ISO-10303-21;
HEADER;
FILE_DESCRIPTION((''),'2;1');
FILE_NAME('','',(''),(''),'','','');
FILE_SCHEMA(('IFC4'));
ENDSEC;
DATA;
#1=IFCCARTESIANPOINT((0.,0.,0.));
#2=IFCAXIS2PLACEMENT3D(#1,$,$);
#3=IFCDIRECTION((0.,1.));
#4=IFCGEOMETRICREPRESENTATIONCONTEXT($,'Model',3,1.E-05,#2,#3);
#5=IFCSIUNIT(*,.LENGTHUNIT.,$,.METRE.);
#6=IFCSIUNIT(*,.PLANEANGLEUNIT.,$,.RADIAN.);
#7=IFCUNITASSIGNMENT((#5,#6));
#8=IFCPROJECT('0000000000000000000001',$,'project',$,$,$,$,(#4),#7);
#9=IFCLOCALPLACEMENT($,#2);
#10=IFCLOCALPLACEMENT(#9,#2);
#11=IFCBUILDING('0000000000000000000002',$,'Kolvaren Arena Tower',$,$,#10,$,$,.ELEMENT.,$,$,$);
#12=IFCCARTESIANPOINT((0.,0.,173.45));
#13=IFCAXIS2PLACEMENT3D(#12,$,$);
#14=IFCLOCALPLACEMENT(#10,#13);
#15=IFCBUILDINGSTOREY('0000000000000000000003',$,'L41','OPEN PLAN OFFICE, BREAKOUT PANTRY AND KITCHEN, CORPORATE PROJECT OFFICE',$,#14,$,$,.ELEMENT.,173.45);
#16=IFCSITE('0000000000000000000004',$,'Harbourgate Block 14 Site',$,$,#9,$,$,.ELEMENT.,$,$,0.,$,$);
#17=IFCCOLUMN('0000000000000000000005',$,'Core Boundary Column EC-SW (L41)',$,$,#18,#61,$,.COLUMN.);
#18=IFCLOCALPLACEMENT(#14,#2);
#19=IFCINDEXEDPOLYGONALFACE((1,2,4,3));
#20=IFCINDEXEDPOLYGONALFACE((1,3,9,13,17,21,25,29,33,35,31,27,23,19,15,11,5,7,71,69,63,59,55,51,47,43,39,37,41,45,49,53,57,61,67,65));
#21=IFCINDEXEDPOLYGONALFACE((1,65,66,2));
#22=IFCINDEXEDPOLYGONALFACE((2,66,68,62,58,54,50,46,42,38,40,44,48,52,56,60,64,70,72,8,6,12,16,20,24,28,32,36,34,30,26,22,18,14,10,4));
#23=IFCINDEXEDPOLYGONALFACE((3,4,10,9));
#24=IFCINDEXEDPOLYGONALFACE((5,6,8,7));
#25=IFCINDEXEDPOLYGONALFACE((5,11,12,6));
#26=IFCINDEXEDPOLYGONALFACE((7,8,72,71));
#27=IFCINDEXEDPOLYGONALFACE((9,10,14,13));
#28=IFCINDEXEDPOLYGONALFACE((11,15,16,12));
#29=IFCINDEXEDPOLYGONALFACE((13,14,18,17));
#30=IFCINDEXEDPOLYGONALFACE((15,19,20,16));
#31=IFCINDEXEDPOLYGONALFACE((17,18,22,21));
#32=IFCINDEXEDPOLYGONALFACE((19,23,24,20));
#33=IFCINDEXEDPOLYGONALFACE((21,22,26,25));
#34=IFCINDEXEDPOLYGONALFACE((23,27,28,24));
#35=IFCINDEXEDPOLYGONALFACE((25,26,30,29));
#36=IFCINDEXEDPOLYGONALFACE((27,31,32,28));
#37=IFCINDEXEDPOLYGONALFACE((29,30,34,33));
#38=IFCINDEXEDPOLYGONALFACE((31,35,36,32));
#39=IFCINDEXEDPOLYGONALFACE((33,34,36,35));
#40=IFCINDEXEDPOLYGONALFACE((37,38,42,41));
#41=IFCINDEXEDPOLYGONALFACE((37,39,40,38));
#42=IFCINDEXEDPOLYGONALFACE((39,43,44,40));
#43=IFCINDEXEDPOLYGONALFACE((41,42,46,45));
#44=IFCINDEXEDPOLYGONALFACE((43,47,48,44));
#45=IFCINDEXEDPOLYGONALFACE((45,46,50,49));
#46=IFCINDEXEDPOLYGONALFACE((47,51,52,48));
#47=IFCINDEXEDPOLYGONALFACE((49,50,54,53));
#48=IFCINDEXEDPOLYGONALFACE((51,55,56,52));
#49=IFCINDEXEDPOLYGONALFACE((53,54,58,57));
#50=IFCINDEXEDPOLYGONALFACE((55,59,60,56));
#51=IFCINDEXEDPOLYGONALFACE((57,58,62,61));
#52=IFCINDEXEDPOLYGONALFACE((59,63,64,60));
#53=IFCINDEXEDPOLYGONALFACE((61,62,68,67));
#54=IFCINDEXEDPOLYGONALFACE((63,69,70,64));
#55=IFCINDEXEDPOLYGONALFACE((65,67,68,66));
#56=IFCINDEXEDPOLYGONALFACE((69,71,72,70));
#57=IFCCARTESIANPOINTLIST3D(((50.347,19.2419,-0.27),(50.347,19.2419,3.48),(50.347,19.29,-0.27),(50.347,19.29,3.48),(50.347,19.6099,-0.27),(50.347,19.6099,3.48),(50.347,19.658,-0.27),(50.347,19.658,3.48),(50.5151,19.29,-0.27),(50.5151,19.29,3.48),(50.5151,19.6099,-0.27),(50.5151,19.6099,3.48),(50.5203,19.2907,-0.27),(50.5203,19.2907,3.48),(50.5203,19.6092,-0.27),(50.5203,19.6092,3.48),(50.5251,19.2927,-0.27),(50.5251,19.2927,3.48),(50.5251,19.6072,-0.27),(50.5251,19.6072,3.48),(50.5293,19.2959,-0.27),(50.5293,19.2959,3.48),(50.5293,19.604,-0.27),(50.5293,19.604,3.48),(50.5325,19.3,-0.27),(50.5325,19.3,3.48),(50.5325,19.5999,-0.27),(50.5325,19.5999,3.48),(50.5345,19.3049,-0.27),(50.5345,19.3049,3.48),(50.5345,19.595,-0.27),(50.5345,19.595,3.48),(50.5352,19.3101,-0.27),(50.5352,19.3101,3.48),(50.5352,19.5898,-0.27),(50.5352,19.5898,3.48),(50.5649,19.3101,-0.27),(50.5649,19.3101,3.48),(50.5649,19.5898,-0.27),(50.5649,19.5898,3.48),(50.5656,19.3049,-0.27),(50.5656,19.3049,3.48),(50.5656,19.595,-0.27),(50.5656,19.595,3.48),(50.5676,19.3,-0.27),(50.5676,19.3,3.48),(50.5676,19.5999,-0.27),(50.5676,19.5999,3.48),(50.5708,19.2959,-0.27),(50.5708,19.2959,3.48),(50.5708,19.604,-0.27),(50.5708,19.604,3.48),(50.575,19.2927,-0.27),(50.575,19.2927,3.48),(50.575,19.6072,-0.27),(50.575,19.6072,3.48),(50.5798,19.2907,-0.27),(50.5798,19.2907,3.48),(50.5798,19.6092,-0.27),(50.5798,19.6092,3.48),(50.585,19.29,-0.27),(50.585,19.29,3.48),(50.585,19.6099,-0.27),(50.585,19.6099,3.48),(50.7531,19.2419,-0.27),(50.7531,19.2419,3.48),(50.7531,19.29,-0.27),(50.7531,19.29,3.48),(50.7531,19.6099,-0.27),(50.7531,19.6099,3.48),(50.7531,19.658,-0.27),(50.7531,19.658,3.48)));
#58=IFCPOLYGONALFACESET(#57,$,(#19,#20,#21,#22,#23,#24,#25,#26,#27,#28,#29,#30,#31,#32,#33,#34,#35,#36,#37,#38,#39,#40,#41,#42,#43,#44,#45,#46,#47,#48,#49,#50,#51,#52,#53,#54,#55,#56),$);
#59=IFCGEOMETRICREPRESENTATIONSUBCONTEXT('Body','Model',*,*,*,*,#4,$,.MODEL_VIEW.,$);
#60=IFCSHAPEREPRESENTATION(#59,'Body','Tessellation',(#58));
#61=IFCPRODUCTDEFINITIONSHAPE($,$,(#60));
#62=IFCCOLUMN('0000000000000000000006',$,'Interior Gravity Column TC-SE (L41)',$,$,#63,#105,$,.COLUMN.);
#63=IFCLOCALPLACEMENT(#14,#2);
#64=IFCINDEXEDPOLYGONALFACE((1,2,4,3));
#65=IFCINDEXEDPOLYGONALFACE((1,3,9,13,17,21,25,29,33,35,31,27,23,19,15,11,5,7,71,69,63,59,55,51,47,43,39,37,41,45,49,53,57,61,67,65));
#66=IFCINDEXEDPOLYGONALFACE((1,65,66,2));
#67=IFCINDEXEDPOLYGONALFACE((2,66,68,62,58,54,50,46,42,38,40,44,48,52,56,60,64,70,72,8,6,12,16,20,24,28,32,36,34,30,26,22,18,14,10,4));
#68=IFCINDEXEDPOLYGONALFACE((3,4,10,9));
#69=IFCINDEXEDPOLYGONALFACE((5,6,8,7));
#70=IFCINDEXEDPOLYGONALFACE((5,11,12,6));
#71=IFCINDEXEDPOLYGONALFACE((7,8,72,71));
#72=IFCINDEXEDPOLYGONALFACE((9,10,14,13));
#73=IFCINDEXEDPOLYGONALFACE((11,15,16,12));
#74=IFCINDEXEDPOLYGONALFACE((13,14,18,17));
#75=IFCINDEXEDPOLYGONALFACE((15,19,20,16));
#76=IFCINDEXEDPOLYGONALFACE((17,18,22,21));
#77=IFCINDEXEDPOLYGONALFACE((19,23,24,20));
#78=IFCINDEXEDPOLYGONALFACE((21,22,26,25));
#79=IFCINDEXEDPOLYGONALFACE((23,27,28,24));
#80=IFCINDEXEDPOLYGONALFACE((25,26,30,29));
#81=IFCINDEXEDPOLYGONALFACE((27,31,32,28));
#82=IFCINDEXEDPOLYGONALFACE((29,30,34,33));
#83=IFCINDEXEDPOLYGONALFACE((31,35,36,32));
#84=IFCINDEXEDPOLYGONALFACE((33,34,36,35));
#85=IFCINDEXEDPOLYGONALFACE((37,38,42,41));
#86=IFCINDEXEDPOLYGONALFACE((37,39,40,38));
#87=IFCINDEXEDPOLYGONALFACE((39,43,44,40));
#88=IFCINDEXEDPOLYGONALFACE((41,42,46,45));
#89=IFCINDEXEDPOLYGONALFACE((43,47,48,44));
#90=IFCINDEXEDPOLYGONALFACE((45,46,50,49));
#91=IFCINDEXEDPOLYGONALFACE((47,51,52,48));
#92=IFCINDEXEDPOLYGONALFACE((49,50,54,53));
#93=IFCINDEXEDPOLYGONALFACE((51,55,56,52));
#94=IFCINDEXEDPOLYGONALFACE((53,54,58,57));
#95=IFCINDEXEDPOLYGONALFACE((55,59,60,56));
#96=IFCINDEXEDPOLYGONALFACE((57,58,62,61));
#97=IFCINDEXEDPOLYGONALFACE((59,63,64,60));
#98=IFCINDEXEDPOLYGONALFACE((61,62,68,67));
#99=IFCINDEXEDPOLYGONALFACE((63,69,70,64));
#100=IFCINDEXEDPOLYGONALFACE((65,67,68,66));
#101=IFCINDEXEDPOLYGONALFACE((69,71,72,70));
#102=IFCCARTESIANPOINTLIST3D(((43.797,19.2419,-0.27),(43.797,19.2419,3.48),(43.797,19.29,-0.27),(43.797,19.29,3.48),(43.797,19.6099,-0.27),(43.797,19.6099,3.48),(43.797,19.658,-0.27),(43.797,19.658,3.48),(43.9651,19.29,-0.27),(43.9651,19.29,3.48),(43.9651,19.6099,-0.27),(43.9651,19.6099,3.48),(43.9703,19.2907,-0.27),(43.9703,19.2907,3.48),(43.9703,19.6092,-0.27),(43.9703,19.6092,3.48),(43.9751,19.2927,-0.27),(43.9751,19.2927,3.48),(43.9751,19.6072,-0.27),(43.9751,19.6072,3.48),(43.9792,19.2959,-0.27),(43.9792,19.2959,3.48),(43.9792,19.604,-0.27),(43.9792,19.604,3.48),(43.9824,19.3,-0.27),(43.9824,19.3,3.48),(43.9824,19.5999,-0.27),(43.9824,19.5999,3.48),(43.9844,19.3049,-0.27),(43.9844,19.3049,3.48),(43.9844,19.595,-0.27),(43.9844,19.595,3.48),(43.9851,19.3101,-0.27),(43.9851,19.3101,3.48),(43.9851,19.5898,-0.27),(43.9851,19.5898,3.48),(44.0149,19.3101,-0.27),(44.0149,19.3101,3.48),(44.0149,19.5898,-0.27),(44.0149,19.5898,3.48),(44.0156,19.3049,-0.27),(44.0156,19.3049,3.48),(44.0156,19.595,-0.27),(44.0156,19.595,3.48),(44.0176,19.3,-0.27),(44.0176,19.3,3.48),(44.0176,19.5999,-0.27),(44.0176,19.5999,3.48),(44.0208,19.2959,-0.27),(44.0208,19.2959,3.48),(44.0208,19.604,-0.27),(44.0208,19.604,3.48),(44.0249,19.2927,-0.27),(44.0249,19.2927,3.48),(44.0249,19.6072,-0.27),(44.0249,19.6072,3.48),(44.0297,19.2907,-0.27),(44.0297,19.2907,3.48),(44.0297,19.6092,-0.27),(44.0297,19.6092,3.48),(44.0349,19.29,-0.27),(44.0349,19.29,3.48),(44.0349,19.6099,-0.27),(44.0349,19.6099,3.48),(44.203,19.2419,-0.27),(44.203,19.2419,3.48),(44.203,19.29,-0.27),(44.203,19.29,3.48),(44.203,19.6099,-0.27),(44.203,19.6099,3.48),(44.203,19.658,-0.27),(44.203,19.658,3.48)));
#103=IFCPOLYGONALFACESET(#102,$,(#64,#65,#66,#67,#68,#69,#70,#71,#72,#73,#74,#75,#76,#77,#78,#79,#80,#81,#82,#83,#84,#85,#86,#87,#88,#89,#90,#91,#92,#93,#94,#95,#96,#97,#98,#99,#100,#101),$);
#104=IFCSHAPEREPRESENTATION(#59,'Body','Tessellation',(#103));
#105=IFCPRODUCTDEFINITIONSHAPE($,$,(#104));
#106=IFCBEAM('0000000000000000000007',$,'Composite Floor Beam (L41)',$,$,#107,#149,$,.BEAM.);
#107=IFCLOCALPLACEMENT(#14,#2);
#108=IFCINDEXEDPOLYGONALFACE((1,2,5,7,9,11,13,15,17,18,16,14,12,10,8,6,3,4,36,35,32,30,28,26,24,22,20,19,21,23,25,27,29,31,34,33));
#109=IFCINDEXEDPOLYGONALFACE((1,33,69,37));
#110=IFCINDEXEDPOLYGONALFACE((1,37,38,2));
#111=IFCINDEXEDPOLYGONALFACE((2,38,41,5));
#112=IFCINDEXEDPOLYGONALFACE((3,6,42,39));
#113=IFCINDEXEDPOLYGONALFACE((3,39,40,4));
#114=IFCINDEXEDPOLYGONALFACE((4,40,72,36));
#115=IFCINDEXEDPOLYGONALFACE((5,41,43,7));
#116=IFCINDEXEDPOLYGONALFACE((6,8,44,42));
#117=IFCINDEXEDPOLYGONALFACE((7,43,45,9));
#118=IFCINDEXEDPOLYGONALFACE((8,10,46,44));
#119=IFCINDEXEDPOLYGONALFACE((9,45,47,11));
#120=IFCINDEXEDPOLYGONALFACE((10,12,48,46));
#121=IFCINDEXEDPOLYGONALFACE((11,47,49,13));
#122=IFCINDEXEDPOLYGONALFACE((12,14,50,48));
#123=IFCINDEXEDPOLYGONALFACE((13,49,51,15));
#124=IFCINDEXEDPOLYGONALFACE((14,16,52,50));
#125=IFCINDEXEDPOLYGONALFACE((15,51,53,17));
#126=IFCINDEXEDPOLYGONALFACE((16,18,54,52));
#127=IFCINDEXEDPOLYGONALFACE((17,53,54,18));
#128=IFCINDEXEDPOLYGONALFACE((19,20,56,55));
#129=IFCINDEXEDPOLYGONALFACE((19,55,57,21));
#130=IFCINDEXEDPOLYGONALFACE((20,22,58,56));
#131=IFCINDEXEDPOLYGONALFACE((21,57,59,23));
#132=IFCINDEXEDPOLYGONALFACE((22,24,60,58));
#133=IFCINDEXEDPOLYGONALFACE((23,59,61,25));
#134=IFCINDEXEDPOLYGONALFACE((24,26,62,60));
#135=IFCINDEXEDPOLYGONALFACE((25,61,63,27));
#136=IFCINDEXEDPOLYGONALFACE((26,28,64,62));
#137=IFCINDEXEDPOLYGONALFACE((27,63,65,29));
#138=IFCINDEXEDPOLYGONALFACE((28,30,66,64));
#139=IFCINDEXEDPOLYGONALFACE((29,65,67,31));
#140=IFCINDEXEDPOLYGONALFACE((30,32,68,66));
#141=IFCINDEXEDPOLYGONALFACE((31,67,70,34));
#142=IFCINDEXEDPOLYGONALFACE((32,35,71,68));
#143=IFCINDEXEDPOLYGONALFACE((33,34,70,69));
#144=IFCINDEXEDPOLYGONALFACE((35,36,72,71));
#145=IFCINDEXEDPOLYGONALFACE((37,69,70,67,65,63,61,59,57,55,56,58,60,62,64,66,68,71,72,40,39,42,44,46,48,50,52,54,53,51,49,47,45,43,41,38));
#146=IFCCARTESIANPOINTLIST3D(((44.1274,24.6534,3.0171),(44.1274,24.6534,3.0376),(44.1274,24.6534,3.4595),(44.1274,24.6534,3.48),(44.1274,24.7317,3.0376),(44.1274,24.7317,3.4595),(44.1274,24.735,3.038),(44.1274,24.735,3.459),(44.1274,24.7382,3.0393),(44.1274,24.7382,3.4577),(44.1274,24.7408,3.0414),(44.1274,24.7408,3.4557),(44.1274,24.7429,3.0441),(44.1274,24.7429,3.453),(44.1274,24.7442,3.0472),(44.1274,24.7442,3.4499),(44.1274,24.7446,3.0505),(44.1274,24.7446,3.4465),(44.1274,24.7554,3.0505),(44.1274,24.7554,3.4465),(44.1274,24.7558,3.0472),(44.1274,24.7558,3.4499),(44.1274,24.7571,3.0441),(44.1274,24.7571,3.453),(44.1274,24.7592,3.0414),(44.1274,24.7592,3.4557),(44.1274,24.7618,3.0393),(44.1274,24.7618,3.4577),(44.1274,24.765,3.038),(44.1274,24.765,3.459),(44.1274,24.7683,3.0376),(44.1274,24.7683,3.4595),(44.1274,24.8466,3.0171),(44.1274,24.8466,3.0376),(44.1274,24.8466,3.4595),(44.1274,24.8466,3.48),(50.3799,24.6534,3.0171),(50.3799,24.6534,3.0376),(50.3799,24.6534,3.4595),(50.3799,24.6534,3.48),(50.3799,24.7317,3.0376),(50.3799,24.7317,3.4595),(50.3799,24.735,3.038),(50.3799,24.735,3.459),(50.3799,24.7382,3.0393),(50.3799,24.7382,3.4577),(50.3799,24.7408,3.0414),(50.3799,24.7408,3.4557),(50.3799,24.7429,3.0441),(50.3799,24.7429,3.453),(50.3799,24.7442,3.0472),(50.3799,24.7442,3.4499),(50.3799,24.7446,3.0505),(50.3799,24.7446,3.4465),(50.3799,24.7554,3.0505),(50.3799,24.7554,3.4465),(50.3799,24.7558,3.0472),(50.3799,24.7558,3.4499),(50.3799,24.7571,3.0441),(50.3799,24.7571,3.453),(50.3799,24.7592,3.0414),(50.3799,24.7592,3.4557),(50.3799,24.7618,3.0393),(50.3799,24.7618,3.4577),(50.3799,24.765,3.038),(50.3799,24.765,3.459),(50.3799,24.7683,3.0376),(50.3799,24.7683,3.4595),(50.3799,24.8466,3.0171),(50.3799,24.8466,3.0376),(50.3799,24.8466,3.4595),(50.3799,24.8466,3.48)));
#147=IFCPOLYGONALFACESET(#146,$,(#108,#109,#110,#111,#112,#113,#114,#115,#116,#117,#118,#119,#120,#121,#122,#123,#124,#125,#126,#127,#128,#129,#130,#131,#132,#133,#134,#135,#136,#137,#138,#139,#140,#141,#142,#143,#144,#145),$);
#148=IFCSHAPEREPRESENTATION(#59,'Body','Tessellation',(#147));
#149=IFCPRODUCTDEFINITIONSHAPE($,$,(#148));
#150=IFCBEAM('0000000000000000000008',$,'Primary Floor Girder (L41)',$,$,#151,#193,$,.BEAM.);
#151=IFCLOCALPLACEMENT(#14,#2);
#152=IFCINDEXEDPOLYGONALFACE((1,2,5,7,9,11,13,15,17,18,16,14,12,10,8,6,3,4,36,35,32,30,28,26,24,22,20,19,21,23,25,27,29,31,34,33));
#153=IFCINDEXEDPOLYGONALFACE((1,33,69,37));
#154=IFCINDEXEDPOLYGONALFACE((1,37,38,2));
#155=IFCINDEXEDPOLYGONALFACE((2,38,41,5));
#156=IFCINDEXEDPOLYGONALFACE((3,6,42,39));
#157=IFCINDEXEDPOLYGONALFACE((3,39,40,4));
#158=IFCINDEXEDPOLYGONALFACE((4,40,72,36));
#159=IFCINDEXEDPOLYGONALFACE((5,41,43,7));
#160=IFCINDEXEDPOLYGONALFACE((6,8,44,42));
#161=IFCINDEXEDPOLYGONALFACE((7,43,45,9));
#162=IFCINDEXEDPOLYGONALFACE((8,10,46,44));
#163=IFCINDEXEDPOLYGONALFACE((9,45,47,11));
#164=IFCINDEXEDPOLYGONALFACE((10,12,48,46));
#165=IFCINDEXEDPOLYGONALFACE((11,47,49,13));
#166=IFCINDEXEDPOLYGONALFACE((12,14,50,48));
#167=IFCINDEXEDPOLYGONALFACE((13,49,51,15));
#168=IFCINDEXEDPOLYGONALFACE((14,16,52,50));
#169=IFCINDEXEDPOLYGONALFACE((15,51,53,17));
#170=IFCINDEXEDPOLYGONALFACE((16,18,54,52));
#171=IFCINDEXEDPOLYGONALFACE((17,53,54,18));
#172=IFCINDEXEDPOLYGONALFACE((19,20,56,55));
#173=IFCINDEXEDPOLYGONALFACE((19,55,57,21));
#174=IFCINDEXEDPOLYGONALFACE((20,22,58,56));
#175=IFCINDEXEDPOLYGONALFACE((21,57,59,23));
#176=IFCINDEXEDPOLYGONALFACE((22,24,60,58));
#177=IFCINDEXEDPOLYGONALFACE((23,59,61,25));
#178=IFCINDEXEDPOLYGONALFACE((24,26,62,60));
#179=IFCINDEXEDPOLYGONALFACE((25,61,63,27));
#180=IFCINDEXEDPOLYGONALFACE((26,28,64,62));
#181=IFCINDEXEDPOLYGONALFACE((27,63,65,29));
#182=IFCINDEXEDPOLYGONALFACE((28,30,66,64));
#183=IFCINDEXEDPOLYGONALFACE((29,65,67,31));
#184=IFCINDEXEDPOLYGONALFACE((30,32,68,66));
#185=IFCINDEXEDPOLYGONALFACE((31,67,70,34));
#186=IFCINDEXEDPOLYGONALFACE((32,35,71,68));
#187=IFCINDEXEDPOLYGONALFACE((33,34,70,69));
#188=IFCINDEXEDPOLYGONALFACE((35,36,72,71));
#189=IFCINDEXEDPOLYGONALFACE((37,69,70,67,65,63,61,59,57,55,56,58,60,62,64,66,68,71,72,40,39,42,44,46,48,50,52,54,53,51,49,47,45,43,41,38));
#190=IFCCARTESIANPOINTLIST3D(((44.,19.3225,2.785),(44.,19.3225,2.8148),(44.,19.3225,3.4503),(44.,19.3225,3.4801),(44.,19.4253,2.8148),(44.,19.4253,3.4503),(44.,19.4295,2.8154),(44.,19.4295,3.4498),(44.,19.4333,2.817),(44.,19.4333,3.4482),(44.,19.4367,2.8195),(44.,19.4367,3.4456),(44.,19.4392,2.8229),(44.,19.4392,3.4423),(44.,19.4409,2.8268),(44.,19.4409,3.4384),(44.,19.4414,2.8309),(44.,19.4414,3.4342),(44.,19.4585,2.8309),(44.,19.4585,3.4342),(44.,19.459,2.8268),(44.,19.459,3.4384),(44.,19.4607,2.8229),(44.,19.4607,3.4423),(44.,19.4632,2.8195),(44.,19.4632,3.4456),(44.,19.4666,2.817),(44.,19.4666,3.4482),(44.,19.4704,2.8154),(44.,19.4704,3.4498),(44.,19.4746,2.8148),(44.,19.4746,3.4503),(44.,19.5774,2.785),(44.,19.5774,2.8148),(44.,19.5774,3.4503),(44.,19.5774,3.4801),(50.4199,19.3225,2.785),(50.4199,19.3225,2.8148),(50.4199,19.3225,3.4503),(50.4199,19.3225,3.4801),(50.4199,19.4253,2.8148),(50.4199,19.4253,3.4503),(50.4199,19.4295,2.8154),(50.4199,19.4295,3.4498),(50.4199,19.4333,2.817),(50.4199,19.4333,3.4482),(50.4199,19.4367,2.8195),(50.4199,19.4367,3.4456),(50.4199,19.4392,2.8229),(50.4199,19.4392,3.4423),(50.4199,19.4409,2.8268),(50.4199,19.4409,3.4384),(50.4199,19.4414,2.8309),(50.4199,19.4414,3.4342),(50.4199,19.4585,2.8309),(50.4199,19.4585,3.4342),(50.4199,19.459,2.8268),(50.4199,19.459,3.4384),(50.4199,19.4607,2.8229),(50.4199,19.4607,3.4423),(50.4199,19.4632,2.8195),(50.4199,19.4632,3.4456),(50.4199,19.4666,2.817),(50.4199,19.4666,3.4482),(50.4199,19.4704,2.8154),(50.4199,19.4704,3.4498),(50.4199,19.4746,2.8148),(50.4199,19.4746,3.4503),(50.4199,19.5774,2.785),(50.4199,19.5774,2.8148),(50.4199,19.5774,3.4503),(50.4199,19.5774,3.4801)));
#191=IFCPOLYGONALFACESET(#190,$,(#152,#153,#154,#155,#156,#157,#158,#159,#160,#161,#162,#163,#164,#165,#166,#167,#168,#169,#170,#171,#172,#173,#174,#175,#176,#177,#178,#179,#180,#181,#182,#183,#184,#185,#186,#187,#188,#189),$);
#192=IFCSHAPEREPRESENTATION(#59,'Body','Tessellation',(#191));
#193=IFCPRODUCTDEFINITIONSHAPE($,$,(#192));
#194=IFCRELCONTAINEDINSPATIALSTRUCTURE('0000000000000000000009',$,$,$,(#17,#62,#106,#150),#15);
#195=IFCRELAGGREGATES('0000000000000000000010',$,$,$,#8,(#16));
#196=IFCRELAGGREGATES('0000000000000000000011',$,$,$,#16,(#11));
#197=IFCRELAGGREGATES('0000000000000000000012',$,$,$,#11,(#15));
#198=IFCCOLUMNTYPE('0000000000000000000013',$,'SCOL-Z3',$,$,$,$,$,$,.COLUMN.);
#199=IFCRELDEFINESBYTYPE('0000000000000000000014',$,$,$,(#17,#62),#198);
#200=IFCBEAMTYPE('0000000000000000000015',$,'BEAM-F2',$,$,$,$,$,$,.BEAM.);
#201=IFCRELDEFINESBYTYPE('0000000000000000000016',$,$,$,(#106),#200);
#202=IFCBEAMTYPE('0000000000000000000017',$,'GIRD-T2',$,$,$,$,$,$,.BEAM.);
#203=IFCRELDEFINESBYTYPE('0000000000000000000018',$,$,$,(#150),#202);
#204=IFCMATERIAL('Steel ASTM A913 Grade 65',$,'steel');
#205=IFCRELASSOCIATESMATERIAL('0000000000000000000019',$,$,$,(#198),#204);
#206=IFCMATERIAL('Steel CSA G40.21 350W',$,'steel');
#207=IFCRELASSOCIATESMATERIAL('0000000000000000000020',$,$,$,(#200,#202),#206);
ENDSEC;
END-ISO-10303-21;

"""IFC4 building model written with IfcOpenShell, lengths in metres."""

from ifc_helpers import new_model, si_unit, direction, frame, origin, origin_2d, place, context, subcontext, project, spatial, i_section, extrude, material, material_profile, profile_set, type_object, element, save


model = new_model("IFC4")

# Units and contexts
model_context = context("Model", 3, precision=1e-05, world=origin(), true_north=direction((0.0, 1.0)))
body_context = subcontext(model_context, "Body", "Model", "MODEL_VIEW")
ifc_project = project(units=[si_unit("LENGTHUNIT", "METRE"), si_unit("PLANEANGLEUNIT", "RADIAN")], contexts=[model_context])

# Site, building, storey
site_placement = place(None, origin())
site = spatial("IfcSite", under=ifc_project, at=site_placement, Name="Harbourgate Block 14 Site", CompositionType="ELEMENT", RefElevation=0.0)
building_placement = place(site_placement, origin())
building = spatial("IfcBuilding", under=site, at=building_placement, Name="Kolvaren Arena Tower", CompositionType="ELEMENT")
storey_placement = place(building_placement, frame((0.0, 0.0, 173.45)))
storey = spatial("IfcBuildingStorey", under=building, at=storey_placement, Name="L41", Description="OPEN PLAN OFFICE, BREAKOUT PANTRY AND KITCHEN, CORPORATE PROJECT OFFICE", CompositionType="ELEMENT", Elevation=173.45)

# Columns
ifc_material_1 = material(Name="Steel ASTM A913 Grade 65", Category="steel")
ifc_material_profile_1 = material_profile(ifc_material_1, i_section(OverallWidth=0.406, OverallDepth=0.416, WebThickness=0.0298, FlangeThickness=0.0481, FilletRadius=0.02, at=origin_2d()), Name="W360x382")
ifc_profile_set_1 = profile_set([ifc_material_profile_1], Name="Steel ASTM A913 Grade 65")
column_type = type_object("IfcColumnType", Name="SCOL-Z3", PredefinedType="COLUMN", material=ifc_profile_set_1)
for number, where, z_axis, x_axis, name in (
    (1, (50.55, 19.45, -0.27), (0.0, 0.0, 1.0), (1.0, 0.0, 0.0), "Core Boundary Column EC-SW (L41)"),
    (2, (44.0, 19.45, -0.27), (0.0, 0.0, 1.0), (1.0, 0.0, 0.0), "Interior Gravity Column TC-SE (L41)"),
):
    element("IfcColumn", number, at=place(storey_placement, frame(where, z_axis=z_axis, x_axis=x_axis)), inside=storey, type_object=column_type, Name=name, PredefinedType="COLUMN", context=body_context, shape_type="SweptSolid", body=[
        extrude(i_section(OverallWidth=0.406, OverallDepth=0.416, WebThickness=0.0298, FlangeThickness=0.0481, FilletRadius=0.02, at=origin_2d()), origin(), (0.0, 0.0, 1.0), 3.75),
    ])

# Beams
ifc_material_2 = material(Name="Steel CSA G40.21 350W", Category="steel")
ifc_material_profile_2 = material_profile(ifc_material_2, i_section(OverallWidth=0.1931, OverallDepth=0.4629, WebThickness=0.0107, FlangeThickness=0.0205, FilletRadius=0.0129, at=origin_2d()), Name="W460x113")
ifc_profile_set_2 = profile_set([ifc_material_profile_2], Name="Steel CSA G40.21 350W")
beam_type_1 = type_object("IfcBeamType", Name="BEAM-F2", PredefinedType="BEAM", material=ifc_profile_set_2)
beam_1_placement = place(storey_placement, frame((44.1274, 24.75, 3.2485), z_axis=(1.0, 0.0, 0.0), x_axis=(0.0, 1.0, 0.0)))
element("IfcBeam", 3, at=beam_1_placement, inside=storey, type_object=beam_type_1, Name="Composite Floor Beam (L41)", PredefinedType="BEAM", context=body_context, shape_type="SweptSolid", body=[
    extrude(i_section(OverallWidth=0.1931, OverallDepth=0.4629, WebThickness=0.0107, FlangeThickness=0.0205, FilletRadius=0.0129, at=origin_2d()), origin(), (0.0, 0.0, 1.0), 6.2524),
])
ifc_material_profile_3 = material_profile(ifc_material_2, i_section(OverallWidth=0.2549, OverallDepth=0.6951, WebThickness=0.0171, FlangeThickness=0.0298, FilletRadius=0.0161, at=origin_2d()), Name="W690x217")
ifc_profile_set_3 = profile_set([ifc_material_profile_3], Name="Steel CSA G40.21 350W")
beam_type_2 = type_object("IfcBeamType", Name="GIRD-T2", PredefinedType="BEAM", material=ifc_profile_set_3)
beam_2_placement = place(storey_placement, frame((44.0, 19.45, 3.1326), z_axis=(1.0, 0.0, 0.0), x_axis=(0.0, 1.0, 0.0)))
element("IfcBeam", 4, at=beam_2_placement, inside=storey, type_object=beam_type_2, Name="Primary Floor Girder (L41)", PredefinedType="BEAM", context=body_context, shape_type="SweptSolid", body=[
    extrude(i_section(OverallWidth=0.2549, OverallDepth=0.6951, WebThickness=0.0171, FlangeThickness=0.0298, FilletRadius=0.0161, at=origin_2d()), origin(), (0.0, 0.0, 1.0), 6.4199),
])

save(model, "model.ifc")
